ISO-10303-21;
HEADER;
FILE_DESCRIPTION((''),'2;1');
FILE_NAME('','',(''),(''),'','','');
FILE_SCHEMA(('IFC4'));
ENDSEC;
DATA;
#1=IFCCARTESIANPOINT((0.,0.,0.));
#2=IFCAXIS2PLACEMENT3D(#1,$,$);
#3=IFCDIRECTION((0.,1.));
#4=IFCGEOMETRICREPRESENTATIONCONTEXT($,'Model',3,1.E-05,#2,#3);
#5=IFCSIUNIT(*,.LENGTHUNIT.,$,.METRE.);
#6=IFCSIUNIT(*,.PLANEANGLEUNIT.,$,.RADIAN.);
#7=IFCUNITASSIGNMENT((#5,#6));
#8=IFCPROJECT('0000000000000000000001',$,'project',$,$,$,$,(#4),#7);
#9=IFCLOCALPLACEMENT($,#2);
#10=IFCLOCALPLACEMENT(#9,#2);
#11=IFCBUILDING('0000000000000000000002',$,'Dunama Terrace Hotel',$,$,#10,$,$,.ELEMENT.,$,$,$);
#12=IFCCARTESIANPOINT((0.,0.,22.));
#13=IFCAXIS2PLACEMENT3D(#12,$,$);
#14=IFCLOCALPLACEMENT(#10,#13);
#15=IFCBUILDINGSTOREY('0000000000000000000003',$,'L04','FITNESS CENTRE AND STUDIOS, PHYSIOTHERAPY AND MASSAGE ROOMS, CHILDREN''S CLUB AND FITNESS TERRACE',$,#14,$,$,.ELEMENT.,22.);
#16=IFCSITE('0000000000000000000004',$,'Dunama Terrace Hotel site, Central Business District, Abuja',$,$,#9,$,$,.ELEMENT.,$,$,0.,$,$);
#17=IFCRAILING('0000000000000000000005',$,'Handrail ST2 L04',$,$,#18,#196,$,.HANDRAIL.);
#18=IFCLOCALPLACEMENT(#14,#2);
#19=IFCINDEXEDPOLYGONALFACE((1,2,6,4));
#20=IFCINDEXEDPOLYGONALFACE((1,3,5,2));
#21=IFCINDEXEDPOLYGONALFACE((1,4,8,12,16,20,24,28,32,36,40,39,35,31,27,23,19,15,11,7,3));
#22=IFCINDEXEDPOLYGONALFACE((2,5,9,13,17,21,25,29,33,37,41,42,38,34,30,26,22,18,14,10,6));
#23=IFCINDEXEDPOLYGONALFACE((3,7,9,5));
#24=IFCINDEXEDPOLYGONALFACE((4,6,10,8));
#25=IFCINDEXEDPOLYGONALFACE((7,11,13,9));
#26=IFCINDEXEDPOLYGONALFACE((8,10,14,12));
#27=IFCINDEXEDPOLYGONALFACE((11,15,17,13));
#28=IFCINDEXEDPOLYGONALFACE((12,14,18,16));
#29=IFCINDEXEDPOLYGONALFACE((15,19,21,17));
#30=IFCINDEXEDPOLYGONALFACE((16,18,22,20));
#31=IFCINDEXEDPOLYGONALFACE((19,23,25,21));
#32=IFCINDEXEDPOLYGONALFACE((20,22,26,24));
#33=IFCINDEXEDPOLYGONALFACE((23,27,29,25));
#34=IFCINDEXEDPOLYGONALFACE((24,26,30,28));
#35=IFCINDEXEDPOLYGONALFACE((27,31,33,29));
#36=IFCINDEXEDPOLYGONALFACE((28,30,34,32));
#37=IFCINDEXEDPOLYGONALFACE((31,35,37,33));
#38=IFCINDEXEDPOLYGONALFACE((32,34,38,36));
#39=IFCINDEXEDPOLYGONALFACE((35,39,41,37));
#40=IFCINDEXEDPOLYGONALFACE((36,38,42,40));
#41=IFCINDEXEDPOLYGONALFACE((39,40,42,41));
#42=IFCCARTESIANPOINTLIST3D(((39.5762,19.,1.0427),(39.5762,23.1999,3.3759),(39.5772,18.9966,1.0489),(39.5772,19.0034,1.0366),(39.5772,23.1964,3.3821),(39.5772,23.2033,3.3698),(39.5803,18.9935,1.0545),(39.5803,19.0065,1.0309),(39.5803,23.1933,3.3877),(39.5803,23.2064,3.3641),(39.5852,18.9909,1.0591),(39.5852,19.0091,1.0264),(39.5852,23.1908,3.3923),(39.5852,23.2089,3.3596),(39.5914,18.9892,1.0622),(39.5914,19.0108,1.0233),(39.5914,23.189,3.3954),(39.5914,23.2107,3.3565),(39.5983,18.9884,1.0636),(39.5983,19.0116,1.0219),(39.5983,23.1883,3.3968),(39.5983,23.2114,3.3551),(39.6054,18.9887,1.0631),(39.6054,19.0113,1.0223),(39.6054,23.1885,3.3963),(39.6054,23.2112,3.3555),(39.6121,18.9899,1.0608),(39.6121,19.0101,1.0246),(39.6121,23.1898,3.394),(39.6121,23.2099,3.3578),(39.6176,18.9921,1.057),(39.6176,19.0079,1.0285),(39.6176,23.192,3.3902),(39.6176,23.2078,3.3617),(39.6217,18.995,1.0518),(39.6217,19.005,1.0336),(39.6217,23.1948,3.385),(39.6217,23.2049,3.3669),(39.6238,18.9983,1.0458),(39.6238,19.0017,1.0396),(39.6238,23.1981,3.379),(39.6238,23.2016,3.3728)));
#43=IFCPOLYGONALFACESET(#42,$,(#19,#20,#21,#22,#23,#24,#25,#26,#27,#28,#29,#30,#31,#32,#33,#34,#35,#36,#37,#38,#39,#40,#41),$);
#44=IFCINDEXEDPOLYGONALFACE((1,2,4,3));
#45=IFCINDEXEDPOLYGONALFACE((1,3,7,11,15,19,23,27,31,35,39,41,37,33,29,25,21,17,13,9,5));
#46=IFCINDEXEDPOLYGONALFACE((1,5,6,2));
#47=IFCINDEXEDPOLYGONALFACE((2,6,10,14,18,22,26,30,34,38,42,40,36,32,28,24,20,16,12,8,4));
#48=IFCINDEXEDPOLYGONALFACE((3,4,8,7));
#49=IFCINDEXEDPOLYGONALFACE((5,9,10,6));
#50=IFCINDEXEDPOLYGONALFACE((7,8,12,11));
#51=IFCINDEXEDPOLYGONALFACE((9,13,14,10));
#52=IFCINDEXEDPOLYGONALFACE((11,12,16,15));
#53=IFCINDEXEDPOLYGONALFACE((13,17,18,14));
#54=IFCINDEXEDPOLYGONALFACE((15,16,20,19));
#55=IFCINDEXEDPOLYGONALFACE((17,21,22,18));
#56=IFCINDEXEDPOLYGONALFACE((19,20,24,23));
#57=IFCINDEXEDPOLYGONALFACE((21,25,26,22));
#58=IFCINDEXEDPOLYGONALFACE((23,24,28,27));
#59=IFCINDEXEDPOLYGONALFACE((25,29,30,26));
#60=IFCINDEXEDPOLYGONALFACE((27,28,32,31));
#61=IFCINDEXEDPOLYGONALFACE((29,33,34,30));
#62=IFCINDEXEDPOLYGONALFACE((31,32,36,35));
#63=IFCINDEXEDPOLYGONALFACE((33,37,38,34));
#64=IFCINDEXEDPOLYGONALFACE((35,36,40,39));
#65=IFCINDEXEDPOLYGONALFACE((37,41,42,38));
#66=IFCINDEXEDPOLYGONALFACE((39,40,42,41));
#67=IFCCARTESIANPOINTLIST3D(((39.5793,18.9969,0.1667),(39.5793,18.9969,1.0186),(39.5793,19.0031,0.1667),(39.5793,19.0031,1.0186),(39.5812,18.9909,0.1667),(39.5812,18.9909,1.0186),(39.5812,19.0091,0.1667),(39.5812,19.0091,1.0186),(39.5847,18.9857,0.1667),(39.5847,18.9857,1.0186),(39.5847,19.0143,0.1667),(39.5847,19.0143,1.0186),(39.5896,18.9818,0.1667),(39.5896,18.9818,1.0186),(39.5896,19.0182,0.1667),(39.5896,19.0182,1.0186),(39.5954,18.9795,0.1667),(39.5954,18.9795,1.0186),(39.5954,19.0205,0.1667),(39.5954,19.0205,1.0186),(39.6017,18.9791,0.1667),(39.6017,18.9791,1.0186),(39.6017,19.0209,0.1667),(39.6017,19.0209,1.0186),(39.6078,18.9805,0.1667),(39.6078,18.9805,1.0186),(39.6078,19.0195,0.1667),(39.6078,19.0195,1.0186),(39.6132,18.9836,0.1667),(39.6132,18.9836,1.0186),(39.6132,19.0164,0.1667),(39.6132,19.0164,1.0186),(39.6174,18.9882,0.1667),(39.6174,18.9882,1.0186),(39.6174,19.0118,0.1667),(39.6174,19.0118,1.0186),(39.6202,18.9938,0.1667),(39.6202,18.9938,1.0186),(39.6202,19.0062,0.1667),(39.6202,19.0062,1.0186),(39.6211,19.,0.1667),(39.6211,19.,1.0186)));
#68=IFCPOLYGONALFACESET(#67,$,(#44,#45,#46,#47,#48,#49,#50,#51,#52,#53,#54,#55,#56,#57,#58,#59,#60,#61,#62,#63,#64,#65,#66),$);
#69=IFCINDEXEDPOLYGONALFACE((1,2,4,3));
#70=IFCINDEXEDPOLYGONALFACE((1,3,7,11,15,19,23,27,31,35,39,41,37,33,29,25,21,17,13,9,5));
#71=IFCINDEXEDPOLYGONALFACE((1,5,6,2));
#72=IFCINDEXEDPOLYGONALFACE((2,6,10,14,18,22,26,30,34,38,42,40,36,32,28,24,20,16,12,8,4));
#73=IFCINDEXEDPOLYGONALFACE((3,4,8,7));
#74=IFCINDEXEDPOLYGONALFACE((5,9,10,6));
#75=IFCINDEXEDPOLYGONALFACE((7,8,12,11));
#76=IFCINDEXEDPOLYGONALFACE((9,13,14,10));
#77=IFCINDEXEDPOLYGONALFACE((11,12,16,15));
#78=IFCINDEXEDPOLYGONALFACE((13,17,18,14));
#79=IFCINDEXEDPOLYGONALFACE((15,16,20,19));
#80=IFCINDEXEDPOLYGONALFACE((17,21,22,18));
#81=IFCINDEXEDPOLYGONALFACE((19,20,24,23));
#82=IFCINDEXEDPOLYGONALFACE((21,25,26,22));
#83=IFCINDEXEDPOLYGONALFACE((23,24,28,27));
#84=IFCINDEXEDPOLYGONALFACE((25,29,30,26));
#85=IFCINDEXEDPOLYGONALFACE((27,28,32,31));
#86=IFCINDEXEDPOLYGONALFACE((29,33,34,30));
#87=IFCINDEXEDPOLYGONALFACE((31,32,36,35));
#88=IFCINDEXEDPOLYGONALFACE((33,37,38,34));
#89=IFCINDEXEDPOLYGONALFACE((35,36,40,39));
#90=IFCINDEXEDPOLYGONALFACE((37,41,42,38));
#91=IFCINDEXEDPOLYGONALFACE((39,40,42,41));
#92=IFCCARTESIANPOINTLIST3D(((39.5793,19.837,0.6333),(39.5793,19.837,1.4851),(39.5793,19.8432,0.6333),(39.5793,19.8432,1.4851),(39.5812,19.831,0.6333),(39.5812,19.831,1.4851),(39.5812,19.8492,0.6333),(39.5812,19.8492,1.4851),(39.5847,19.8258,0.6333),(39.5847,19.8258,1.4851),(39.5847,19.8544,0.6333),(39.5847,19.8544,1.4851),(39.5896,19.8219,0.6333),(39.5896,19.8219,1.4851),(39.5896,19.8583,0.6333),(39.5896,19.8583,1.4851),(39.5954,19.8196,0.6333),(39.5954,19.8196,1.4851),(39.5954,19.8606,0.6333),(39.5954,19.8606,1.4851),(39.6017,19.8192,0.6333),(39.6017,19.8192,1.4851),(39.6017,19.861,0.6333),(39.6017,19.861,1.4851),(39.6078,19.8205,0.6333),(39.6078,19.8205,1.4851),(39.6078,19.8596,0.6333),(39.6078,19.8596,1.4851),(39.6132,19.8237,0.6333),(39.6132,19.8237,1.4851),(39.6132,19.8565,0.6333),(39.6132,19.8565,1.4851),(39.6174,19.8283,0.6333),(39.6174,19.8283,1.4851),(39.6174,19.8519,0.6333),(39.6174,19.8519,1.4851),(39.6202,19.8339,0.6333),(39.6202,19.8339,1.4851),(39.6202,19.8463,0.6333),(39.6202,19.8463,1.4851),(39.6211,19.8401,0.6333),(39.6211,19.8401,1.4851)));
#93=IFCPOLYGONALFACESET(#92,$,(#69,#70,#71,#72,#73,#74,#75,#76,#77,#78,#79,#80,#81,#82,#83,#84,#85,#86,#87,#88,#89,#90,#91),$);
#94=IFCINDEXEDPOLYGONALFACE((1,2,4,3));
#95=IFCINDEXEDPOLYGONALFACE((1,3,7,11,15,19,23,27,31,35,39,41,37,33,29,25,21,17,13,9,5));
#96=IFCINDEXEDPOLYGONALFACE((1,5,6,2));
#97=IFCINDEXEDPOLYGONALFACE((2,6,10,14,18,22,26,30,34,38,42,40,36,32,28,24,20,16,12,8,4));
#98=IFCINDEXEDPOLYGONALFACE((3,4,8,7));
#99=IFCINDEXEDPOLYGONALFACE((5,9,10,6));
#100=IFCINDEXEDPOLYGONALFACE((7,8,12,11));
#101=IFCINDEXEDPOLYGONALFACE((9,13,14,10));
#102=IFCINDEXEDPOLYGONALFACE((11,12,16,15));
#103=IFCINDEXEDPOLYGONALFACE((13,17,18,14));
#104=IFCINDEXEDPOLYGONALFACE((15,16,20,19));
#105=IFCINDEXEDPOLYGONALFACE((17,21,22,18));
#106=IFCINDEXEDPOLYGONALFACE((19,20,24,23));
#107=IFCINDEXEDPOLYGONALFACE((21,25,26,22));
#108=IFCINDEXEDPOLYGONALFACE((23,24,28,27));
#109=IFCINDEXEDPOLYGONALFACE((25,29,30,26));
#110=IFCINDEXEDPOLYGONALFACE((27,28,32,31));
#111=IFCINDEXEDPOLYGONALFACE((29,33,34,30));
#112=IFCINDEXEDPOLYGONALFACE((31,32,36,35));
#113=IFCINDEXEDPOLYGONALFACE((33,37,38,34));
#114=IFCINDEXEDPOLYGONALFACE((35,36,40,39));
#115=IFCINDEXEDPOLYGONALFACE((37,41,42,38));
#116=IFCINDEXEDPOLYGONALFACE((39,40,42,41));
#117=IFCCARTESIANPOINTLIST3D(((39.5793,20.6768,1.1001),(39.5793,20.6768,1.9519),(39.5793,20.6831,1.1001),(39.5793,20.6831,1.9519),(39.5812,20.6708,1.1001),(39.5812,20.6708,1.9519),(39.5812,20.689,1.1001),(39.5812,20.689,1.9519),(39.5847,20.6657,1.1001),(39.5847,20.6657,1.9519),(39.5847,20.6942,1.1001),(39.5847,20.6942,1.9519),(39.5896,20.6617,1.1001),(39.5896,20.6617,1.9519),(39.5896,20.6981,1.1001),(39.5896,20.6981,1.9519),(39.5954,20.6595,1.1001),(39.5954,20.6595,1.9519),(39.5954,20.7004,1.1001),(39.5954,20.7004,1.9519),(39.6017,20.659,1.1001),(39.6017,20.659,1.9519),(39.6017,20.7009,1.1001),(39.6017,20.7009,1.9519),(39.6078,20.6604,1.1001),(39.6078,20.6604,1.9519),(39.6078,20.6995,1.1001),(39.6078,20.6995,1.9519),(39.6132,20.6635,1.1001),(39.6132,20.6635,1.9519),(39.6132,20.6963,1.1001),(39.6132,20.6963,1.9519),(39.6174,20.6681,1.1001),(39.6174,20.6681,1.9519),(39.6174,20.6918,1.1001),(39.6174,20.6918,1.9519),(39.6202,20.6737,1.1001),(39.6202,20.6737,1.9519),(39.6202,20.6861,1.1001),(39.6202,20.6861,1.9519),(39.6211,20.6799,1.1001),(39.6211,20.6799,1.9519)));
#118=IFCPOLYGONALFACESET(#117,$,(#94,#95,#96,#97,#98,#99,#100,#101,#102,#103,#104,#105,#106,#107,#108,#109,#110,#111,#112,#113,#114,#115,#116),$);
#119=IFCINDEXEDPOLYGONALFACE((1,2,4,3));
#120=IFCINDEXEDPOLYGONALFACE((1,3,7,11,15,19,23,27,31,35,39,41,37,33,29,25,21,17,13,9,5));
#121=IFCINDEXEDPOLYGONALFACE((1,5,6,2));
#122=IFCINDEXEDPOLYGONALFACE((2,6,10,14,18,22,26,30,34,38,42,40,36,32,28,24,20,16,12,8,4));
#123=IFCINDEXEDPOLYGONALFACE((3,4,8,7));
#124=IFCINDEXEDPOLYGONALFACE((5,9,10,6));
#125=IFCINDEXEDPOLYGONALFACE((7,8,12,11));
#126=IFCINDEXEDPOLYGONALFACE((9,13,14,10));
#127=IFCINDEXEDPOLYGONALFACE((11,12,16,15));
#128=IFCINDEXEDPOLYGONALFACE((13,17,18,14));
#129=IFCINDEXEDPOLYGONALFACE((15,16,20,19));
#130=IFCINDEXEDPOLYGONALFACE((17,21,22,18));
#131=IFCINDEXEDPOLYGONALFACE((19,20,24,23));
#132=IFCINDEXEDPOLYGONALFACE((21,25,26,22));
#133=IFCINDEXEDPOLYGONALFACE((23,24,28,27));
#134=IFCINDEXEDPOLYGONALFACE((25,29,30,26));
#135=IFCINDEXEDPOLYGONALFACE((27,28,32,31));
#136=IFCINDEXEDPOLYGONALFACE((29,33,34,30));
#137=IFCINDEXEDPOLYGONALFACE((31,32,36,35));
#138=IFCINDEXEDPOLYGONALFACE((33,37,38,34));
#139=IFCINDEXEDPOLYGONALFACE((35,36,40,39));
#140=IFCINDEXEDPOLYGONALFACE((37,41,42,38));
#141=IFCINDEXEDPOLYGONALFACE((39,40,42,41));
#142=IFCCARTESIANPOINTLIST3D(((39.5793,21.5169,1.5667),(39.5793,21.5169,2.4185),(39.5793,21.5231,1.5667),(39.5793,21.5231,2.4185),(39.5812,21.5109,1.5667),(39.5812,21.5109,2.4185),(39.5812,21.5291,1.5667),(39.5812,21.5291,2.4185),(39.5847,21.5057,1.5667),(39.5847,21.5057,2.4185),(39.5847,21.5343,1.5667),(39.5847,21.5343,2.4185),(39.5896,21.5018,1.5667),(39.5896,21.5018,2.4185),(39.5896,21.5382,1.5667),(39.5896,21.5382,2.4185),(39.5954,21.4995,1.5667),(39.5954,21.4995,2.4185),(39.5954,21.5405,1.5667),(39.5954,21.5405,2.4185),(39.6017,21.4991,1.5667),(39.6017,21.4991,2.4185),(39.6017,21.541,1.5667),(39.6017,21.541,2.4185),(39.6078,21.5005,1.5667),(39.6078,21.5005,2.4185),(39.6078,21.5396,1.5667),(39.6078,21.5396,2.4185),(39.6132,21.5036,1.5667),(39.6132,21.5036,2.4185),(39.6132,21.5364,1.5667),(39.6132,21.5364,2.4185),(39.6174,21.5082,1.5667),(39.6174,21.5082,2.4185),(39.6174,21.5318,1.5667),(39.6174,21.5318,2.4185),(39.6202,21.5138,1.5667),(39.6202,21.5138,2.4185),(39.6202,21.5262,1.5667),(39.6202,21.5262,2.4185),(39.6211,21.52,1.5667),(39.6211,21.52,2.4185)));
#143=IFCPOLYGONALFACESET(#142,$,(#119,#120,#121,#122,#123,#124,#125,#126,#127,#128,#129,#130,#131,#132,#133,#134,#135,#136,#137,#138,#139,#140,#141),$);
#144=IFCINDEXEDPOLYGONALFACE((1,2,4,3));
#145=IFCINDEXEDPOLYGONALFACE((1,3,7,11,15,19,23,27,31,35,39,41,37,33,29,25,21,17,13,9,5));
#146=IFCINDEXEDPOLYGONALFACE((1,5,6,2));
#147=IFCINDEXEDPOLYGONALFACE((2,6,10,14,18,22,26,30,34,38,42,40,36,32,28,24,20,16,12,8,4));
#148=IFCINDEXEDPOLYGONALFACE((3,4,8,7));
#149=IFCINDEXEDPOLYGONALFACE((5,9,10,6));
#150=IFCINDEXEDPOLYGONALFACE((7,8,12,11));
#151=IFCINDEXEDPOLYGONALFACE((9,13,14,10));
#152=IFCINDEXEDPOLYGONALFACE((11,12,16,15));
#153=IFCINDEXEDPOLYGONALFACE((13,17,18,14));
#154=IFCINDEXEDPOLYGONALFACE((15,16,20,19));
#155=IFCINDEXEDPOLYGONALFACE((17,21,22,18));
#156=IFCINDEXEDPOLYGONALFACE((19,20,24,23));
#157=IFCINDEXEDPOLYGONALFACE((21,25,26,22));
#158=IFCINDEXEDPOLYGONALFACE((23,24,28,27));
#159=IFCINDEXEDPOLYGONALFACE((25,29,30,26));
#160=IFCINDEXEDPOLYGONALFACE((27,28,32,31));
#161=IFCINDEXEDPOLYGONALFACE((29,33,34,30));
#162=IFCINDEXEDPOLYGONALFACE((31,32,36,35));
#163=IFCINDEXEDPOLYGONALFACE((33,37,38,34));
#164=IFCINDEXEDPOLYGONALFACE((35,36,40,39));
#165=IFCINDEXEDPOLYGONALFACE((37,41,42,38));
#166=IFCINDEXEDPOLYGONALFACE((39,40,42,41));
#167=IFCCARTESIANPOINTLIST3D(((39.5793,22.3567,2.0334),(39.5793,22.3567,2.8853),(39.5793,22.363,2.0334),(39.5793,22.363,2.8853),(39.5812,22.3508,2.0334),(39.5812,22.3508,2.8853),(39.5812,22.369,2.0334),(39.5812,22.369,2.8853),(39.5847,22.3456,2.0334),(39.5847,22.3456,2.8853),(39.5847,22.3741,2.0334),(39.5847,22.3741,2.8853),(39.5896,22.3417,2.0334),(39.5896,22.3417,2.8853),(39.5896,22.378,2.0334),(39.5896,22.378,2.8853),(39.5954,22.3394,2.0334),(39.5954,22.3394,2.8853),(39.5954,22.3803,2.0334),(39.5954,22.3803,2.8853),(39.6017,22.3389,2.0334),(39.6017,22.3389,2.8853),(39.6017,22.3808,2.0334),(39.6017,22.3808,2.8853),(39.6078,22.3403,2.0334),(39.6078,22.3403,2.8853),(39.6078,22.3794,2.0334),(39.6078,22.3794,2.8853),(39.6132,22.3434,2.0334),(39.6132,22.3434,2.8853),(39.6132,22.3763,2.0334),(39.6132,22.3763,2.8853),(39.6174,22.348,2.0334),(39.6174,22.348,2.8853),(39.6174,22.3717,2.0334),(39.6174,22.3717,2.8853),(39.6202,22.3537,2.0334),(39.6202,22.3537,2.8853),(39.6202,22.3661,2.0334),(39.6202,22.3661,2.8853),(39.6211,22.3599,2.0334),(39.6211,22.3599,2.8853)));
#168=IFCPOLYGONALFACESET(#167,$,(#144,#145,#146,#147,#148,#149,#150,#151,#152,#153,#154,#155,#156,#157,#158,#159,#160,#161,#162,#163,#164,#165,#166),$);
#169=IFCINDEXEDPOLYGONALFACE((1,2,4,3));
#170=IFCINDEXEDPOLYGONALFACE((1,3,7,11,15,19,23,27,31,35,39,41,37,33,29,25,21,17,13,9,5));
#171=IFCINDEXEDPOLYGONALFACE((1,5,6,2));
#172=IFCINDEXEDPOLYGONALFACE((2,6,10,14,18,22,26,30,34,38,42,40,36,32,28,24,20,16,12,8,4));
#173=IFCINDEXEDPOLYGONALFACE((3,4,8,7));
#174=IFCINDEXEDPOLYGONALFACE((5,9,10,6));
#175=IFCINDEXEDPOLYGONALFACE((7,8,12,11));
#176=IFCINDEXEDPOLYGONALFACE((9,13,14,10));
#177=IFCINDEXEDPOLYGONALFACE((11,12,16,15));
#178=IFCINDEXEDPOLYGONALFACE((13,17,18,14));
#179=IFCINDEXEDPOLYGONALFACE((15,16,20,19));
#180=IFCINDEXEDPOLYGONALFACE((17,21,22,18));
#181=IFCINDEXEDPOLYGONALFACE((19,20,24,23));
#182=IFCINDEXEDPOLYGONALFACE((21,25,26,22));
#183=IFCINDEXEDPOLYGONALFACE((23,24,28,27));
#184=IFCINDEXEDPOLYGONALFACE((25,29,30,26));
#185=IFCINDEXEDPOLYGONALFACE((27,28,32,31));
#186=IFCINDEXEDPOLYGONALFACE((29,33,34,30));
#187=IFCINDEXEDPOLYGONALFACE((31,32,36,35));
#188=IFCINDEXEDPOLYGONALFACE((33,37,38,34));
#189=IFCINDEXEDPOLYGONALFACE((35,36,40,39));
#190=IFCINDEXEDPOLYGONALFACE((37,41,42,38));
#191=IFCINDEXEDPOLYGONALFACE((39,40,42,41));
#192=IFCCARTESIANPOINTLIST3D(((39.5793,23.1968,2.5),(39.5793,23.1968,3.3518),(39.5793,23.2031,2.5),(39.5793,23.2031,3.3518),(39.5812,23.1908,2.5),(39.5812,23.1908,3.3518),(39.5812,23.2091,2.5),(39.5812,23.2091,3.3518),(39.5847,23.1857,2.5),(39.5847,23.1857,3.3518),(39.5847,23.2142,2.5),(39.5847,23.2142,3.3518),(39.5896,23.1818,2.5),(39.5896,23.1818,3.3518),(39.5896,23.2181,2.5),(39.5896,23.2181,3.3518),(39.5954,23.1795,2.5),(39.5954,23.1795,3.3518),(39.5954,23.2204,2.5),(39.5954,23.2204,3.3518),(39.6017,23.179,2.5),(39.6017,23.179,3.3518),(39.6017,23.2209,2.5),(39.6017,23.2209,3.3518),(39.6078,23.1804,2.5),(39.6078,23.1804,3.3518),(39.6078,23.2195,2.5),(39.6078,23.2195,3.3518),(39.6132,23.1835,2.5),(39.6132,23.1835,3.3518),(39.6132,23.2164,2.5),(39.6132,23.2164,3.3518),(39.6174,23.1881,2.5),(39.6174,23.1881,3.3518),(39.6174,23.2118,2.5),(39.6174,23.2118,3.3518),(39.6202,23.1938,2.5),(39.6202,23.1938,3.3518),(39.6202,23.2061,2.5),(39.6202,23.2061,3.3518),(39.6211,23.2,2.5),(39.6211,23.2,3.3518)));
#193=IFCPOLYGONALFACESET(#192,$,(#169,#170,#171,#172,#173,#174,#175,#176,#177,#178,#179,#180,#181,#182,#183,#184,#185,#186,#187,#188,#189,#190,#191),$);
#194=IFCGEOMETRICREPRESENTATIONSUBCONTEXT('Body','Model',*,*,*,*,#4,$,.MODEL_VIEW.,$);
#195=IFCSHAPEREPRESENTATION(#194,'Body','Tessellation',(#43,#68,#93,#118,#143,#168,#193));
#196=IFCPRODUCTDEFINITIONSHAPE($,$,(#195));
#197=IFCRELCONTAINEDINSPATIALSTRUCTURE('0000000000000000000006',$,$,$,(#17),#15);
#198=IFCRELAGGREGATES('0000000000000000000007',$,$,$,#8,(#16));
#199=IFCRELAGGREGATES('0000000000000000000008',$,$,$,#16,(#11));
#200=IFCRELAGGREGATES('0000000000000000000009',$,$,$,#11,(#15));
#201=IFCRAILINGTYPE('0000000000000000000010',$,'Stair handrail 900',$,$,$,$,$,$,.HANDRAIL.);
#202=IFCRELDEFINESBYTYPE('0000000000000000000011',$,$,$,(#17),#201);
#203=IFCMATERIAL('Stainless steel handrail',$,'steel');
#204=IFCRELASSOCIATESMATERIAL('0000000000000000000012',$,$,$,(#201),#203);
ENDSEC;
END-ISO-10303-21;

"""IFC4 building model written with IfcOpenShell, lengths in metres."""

from ifc_helpers import new_model, si_unit, direction, frame, origin, origin_2d, place, context, subcontext, project, spatial, circle, extrude, material, type_object, element, save


model = new_model("IFC4")

# Units and contexts
model_context = context("Model", 3, precision=1e-05, world=origin(), true_north=direction((0.0, 1.0)))
body_context = subcontext(model_context, "Body", "Model", "MODEL_VIEW")
ifc_project = project(units=[si_unit("LENGTHUNIT", "METRE"), si_unit("PLANEANGLEUNIT", "RADIAN")], contexts=[model_context])

# Site, building, storey
site_placement = place(None, origin())
site = spatial("IfcSite", under=ifc_project, at=site_placement, Name="Dunama Terrace Hotel site, Central Business District, Abuja", CompositionType="ELEMENT", RefElevation=0.0)
building_placement = place(site_placement, origin())
building = spatial("IfcBuilding", under=site, at=building_placement, Name="Dunama Terrace Hotel", CompositionType="ELEMENT")
storey_placement = place(building_placement, frame((0.0, 0.0, 22.0)))
storey = spatial("IfcBuildingStorey", under=building, at=storey_placement, Name="L04", Description="FITNESS CENTRE AND STUDIOS, PHYSIOTHERAPY AND MASSAGE ROOMS, CHILDREN'S CLUB AND FITNESS TERRACE", CompositionType="ELEMENT", Elevation=22.0)

# Railing
ifc_material_1 = material(Name="Stainless steel handrail", Category="steel")
railing_type = type_object("IfcRailingType", Name="Stair handrail 900", PredefinedType="HANDRAIL", material=ifc_material_1)
railing_1_placement = place(storey_placement, frame((39.6001, 19.0, 0.1667)))
element("IfcRailing", 1, at=railing_1_placement, inside=storey, type_object=railing_type, Name="Handrail ST2 L04", PredefinedType="HANDRAIL", context=body_context, shape_type="SweptSolid", body=[
    extrude(circle(Radius=0.0239, at=origin_2d()), frame((0.0, 0.0, 0.876), z_axis=(0.0, 0.874162, 0.485634), x_axis=(-1.0, 0.0, 0.0)), (0.0, 0.0, 1.0), 4.8044),
    extrude(circle(Radius=0.021, at=origin_2d()), origin(), (0.0, 0.0, 1.0), 0.8518),
    extrude(circle(Radius=0.021, at=origin_2d()), frame((0.0, 0.8401, 0.4666)), (0.0, 0.0, 1.0), 0.8518),
    extrude(circle(Radius=0.021, at=origin_2d()), frame((0.0, 1.6799, 0.9333)), (0.0, 0.0, 1.0), 0.8518),
    extrude(circle(Radius=0.021, at=origin_2d()), frame((0.0, 2.52, 1.3999)), (0.0, 0.0, 1.0), 0.8518),
    extrude(circle(Radius=0.021, at=origin_2d()), frame((0.0, 3.3599, 1.8667)), (0.0, 0.0, 1.0), 0.8518),
    extrude(circle(Radius=0.021, at=origin_2d()), frame((0.0, 4.2, 2.3333)), (0.0, 0.0, 1.0), 0.8518),
])

save(model, "model.ifc")
